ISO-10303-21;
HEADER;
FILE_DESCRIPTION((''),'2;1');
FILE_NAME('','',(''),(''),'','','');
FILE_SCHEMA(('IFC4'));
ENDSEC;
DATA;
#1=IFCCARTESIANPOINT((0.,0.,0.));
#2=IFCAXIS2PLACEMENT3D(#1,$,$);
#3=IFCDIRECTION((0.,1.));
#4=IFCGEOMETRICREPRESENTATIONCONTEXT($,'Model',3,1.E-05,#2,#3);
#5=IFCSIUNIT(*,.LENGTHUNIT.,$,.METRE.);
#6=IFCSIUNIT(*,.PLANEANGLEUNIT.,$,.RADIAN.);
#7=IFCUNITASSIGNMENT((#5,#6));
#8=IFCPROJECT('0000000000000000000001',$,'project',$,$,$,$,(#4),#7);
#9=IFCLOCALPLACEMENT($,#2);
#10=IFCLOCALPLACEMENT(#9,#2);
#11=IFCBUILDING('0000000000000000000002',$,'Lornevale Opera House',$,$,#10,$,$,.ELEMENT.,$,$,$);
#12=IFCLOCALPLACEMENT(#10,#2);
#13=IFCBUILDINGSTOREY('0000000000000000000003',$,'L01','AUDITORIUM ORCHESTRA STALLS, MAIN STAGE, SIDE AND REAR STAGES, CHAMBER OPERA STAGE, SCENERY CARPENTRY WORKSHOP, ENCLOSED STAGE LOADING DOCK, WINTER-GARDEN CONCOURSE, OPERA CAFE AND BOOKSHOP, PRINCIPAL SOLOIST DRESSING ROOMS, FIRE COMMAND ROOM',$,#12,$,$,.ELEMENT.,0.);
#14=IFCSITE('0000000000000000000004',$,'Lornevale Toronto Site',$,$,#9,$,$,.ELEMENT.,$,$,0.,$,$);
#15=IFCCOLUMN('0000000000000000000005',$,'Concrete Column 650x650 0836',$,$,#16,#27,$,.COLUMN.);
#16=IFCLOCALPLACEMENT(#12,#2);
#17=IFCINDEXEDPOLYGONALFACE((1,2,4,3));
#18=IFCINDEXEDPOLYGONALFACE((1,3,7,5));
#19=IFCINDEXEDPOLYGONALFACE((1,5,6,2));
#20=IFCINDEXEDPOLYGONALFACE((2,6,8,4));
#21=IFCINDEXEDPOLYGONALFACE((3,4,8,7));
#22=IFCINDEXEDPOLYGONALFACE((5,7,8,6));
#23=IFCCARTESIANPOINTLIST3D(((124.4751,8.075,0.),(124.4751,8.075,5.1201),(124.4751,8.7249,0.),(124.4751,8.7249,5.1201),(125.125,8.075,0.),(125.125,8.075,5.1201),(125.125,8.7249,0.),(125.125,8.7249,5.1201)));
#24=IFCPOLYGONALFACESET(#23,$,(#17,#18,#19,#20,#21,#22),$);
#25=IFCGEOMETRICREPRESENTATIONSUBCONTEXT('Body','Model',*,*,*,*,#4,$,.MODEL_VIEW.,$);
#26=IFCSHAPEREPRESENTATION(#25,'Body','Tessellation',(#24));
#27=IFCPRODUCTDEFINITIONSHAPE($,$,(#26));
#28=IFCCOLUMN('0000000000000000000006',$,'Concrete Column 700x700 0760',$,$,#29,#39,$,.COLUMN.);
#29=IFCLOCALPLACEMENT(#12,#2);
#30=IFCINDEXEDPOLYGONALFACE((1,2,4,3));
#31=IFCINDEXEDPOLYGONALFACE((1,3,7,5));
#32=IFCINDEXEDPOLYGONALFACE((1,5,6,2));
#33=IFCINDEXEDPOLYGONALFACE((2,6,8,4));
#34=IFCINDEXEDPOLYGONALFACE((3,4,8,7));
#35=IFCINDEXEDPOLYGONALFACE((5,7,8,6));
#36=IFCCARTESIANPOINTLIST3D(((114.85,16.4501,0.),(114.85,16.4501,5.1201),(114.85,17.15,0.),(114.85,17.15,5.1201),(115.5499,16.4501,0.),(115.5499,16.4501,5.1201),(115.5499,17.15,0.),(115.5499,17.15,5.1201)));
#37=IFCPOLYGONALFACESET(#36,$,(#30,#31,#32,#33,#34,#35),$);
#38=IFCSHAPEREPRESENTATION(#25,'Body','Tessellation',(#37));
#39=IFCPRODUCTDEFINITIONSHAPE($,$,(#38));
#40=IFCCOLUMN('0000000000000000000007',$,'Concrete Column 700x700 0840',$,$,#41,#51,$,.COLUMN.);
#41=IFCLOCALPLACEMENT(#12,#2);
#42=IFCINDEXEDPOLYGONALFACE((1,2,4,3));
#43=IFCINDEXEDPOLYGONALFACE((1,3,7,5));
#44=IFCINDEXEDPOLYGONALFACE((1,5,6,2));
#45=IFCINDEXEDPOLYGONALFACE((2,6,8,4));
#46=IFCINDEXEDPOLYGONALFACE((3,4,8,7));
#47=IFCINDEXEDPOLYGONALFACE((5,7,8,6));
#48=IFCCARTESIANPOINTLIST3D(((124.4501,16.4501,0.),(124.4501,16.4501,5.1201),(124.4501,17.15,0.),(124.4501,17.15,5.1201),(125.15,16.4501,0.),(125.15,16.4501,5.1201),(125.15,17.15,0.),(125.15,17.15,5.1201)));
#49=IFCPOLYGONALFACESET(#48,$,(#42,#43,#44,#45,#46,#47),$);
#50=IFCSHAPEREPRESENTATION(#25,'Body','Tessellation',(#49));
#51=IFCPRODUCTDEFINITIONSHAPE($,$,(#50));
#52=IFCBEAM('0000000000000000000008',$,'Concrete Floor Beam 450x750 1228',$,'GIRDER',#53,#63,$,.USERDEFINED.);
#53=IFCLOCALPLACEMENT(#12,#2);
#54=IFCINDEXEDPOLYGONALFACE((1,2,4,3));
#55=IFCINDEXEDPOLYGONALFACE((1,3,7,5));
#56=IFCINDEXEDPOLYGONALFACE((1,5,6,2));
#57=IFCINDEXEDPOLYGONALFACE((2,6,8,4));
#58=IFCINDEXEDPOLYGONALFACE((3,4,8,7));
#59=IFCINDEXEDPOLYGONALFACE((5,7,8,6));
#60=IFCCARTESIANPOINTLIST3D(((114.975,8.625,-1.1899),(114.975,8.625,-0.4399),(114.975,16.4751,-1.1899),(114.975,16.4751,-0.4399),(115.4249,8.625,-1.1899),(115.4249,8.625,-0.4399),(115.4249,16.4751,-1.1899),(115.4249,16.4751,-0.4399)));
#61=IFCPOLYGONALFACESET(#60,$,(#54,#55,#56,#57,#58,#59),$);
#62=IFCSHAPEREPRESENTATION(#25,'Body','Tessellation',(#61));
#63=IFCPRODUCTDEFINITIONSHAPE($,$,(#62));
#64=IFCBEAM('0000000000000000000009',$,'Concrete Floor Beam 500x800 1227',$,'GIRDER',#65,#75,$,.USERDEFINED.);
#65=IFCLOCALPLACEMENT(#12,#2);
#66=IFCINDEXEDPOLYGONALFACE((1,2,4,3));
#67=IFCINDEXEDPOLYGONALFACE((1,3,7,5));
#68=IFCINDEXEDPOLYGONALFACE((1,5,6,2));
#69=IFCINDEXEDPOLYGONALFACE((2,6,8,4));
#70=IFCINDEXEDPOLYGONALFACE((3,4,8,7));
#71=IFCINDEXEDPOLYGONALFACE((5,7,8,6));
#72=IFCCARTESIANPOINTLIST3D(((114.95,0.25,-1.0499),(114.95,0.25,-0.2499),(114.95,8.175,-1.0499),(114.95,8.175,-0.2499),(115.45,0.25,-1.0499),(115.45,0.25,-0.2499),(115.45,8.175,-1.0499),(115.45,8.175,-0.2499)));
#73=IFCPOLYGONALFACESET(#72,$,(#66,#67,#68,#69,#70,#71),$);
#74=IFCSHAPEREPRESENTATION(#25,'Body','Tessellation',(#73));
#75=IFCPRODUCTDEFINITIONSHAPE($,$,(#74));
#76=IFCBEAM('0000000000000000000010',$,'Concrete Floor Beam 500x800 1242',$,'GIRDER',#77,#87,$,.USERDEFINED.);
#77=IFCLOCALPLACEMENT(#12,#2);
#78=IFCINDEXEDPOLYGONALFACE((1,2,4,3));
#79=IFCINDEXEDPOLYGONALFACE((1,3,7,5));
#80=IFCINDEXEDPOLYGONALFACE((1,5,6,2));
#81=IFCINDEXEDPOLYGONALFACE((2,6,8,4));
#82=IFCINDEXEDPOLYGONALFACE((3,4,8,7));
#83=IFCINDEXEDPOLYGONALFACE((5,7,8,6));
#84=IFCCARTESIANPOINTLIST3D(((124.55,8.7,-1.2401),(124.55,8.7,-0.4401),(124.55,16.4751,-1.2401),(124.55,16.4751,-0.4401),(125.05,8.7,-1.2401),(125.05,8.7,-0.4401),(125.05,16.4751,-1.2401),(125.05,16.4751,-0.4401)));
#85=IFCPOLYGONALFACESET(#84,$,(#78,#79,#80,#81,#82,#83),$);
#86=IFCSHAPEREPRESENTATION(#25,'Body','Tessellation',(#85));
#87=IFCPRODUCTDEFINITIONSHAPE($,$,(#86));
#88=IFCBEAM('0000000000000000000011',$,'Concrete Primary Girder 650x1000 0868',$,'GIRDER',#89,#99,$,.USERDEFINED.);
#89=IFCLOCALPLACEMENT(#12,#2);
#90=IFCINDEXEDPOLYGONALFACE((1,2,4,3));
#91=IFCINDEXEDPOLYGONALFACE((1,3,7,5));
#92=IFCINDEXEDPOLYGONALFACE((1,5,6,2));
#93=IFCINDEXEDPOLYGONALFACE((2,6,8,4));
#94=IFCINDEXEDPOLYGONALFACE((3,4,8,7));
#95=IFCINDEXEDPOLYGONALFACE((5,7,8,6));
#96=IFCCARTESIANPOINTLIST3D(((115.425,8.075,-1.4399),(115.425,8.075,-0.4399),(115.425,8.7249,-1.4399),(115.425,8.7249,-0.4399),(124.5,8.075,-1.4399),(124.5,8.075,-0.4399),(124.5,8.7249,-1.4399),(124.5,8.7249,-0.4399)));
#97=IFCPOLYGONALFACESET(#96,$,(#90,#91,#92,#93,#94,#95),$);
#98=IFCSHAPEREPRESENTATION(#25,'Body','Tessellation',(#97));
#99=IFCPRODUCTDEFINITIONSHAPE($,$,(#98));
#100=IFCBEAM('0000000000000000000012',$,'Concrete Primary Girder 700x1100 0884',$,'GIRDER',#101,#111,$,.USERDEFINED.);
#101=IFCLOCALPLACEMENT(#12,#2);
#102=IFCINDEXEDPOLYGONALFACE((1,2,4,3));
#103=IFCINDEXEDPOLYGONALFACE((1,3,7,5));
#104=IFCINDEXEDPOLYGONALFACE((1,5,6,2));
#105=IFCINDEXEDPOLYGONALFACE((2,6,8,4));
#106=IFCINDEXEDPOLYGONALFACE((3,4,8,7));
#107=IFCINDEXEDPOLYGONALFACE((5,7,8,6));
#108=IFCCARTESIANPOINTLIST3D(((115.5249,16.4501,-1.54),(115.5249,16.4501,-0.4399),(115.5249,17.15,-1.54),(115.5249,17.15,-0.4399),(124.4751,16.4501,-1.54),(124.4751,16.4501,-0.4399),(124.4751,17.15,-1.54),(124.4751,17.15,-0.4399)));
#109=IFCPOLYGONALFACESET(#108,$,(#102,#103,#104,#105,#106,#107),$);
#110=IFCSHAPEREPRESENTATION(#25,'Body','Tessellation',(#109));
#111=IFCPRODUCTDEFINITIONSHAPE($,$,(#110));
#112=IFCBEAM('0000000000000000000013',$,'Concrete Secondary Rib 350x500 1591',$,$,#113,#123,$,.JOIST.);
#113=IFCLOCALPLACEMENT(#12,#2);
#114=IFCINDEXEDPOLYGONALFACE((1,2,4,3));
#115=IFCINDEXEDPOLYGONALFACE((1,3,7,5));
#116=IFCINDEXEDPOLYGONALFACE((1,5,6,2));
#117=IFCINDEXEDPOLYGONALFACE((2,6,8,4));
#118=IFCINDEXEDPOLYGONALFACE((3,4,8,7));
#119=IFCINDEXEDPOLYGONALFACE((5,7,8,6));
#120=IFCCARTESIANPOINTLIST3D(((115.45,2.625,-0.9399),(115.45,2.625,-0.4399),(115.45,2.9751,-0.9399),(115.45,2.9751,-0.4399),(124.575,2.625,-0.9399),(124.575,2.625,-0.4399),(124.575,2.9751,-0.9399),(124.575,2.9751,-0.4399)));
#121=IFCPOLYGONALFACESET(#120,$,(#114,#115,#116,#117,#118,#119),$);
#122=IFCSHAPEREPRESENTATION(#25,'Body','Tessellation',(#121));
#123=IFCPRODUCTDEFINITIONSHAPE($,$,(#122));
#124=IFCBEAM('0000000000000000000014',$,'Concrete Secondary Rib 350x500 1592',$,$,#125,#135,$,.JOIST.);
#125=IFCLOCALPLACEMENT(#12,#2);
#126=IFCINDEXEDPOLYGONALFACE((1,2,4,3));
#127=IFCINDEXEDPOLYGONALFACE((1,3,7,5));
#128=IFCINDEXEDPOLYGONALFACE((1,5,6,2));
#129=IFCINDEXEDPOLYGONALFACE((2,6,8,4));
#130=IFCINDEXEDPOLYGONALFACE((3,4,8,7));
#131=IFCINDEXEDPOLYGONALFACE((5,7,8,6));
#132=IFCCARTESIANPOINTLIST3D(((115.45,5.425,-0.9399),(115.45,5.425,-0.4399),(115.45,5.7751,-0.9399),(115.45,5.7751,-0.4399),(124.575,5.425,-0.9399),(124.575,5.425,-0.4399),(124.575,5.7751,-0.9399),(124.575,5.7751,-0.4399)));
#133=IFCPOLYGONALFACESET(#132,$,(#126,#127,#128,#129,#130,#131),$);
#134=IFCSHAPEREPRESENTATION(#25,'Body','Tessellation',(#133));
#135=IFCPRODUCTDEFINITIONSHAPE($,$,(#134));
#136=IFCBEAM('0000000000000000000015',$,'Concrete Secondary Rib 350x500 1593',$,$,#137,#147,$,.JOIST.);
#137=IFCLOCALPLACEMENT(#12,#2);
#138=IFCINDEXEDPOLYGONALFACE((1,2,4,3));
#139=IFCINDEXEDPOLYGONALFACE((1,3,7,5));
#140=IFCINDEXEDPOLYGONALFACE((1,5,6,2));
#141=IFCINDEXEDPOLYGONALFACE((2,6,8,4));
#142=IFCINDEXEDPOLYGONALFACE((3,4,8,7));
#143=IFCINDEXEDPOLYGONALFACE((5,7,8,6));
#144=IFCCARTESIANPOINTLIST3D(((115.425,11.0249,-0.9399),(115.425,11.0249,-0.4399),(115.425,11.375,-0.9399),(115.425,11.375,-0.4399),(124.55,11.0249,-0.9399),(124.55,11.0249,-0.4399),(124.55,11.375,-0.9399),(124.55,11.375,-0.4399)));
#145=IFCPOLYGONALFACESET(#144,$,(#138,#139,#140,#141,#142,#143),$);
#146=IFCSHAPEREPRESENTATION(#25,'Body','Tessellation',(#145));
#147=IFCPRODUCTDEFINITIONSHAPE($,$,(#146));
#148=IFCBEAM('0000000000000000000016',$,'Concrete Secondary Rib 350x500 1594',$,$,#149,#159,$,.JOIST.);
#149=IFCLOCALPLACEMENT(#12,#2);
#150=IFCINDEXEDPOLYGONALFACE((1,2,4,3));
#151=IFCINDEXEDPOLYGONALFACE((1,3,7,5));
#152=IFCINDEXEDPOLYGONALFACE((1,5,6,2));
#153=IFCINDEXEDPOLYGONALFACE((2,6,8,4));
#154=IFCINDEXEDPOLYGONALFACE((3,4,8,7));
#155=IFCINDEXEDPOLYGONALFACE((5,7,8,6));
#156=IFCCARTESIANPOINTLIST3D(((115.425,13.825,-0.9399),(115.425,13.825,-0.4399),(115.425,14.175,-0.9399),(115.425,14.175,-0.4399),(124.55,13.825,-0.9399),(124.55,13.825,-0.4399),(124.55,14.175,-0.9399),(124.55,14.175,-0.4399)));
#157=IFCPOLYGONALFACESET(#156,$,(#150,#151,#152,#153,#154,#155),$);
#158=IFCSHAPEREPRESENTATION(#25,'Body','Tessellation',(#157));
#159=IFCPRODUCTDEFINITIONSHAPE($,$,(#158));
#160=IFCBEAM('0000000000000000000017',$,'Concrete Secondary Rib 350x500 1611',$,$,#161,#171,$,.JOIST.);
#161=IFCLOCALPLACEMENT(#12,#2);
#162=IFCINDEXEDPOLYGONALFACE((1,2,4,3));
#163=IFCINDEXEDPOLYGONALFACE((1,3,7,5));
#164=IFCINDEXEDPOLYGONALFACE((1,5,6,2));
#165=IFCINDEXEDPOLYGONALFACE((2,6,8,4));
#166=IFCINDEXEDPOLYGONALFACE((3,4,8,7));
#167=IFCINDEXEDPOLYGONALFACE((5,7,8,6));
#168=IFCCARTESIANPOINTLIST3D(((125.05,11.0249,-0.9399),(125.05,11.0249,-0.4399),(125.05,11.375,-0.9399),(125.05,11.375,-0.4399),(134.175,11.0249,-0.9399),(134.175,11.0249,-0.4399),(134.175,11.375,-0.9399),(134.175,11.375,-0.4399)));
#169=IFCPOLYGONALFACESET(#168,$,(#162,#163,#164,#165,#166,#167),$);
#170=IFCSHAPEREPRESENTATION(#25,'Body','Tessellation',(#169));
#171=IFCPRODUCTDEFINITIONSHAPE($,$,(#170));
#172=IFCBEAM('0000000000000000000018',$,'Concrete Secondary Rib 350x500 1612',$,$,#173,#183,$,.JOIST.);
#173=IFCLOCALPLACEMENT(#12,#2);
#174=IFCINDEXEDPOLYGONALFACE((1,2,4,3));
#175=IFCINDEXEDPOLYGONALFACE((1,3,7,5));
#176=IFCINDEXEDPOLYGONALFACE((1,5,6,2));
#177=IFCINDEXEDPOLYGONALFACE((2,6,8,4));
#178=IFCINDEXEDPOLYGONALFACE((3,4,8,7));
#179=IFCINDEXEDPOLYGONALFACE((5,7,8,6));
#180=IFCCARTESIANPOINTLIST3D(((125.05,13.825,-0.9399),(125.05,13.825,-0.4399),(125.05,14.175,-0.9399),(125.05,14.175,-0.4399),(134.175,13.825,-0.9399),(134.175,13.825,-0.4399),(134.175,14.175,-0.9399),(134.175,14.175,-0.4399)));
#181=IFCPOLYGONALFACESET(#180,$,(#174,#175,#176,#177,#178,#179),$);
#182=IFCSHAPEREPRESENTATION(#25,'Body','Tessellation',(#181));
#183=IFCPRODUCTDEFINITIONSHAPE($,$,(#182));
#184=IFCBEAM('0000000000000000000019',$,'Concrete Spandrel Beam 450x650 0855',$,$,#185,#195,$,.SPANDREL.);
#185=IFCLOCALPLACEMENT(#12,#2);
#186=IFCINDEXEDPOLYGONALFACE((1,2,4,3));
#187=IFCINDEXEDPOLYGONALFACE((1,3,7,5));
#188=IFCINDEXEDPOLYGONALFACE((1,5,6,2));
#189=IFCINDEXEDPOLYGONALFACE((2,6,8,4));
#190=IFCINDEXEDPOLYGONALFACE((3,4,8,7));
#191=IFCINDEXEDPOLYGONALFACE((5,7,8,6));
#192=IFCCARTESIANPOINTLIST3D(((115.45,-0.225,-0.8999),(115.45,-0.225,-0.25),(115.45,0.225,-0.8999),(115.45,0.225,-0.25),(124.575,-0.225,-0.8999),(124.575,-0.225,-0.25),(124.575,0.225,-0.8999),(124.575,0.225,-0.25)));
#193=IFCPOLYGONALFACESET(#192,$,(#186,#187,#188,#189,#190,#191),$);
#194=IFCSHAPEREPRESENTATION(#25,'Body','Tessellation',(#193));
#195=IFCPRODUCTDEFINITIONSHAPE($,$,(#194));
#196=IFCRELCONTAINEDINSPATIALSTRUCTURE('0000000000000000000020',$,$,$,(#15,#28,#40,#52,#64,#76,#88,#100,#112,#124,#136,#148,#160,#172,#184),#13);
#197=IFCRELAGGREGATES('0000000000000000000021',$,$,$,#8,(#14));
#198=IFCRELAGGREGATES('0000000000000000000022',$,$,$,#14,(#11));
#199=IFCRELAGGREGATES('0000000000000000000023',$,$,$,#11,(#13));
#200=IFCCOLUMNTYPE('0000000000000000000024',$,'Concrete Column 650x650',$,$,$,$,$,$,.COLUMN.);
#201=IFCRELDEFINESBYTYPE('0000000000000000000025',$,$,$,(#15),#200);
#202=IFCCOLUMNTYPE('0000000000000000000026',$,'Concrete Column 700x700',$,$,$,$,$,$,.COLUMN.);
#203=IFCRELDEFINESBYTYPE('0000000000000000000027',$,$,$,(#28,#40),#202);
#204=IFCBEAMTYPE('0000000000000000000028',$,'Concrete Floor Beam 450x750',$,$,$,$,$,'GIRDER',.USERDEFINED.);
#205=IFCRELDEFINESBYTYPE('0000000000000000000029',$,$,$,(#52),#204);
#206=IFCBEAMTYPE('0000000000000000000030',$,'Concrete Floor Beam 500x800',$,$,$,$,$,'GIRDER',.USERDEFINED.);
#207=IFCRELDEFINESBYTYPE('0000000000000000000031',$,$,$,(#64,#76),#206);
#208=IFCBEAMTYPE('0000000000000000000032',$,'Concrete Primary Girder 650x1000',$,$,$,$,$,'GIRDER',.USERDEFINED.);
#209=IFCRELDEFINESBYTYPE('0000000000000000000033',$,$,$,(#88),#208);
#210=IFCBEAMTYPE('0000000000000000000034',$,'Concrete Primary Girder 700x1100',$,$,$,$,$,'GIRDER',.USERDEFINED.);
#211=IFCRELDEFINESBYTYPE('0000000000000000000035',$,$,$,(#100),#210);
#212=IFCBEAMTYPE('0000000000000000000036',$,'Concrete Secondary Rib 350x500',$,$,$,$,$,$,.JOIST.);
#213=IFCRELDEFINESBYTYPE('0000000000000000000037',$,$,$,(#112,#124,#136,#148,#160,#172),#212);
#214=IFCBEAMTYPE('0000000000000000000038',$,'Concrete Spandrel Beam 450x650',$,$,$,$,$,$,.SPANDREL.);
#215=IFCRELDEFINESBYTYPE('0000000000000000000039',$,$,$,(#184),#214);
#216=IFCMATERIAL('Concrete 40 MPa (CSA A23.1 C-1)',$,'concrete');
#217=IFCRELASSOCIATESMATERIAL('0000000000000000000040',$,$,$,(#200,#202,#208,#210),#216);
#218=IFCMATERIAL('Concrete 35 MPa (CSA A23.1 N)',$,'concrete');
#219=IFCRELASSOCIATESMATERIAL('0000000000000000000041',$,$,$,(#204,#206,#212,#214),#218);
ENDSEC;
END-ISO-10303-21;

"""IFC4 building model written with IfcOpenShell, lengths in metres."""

from ifc_helpers import new_model, si_unit, direction, frame, origin, origin_2d, place, context, subcontext, project, spatial, rectangle, extrude, material, material_profile, profile_set, type_object, element, save


model = new_model("IFC4")

# Units and contexts
model_context = context("Model", 3, precision=1e-05, world=origin(), true_north=direction((0.0, 1.0)))
body_context = subcontext(model_context, "Body", "Model", "MODEL_VIEW")
ifc_project = project(units=[si_unit("LENGTHUNIT", "METRE"), si_unit("PLANEANGLEUNIT", "RADIAN")], contexts=[model_context])

# Site, building, storey
site_placement = place(None, origin())
site = spatial("IfcSite", under=ifc_project, at=site_placement, Name="Lornevale Toronto Site", CompositionType="ELEMENT", RefElevation=0.0)
building_placement = place(site_placement, origin())
building = spatial("IfcBuilding", under=site, at=building_placement, Name="Lornevale Opera House", CompositionType="ELEMENT")
storey_placement = place(building_placement, origin())
storey = spatial("IfcBuildingStorey", under=building, at=storey_placement, Name="L01", Description="AUDITORIUM ORCHESTRA STALLS, MAIN STAGE, SIDE AND REAR STAGES, CHAMBER OPERA STAGE, SCENERY CARPENTRY WORKSHOP, ENCLOSED STAGE LOADING DOCK, WINTER-GARDEN CONCOURSE, OPERA CAFE AND BOOKSHOP, PRINCIPAL SOLOIST DRESSING ROOMS, FIRE COMMAND ROOM", CompositionType="ELEMENT", Elevation=0.0)

# Columns
ifc_material_1 = material(Name="Concrete 40 MPa (CSA A23.1 C-1)", Category="concrete")
ifc_material_profile_1 = material_profile(ifc_material_1, rectangle(XDim=0.6499, YDim=0.6499, at=origin_2d()), Name="RC650x650")
ifc_profile_set_1 = profile_set([ifc_material_profile_1], Name="Concrete 40 MPa (CSA A23.1 C-1)")
column_type_1 = type_object("IfcColumnType", Name="Concrete Column 650x650", PredefinedType="COLUMN", material=ifc_profile_set_1)
column_placement = place(storey_placement, frame((124.8, 8.3999, 0.0), z_axis=(0.0, 0.0, 1.0), x_axis=(1.0, 0.0, 0.0)))
element("IfcColumn", 1, at=column_placement, inside=storey, type_object=column_type_1, Name="Concrete Column 650x650 0836", PredefinedType="COLUMN", context=body_context, shape_type="SweptSolid", body=[
    extrude(rectangle(XDim=0.6499, YDim=0.6499, at=origin_2d()), origin(), (0.0, 0.0, 1.0), 5.1201),
])
ifc_material_profile_2 = material_profile(ifc_material_1, rectangle(XDim=0.7, YDim=0.7, at=origin_2d()), Name="RC700x700")
ifc_profile_set_2 = profile_set([ifc_material_profile_2], Name="Concrete 40 MPa (CSA A23.1 C-1)")
column_type_2 = type_object("IfcColumnType", Name="Concrete Column 700x700", PredefinedType="COLUMN", material=ifc_profile_set_2)
for number, where, z_axis, x_axis, name in (
    (2, (115.2, 16.8, 0.0), (0.0, 0.0, 1.0), (1.0, 0.0, 0.0), "Concrete Column 700x700 0760"),
    (3, (124.8, 16.8, 0.0), (0.0, 0.0, 1.0), (1.0, 0.0, 0.0), "Concrete Column 700x700 0840"),
):
    element("IfcColumn", number, at=place(storey_placement, frame(where, z_axis=z_axis, x_axis=x_axis)), inside=storey, type_object=column_type_2, Name=name, PredefinedType="COLUMN", context=body_context, shape_type="SweptSolid", body=[
        extrude(rectangle(XDim=0.7, YDim=0.7, at=origin_2d()), origin(), (0.0, 0.0, 1.0), 5.1201),
    ])

# Beams
ifc_material_2 = material(Name="Concrete 35 MPa (CSA A23.1 N)", Category="concrete")
ifc_material_profile_3 = material_profile(ifc_material_2, rectangle(XDim=0.45, YDim=0.75, at=origin_2d()), Name="RC450x750")
ifc_profile_set_3 = profile_set([ifc_material_profile_3], Name="Concrete 35 MPa (CSA A23.1 N)")
beam_type_1 = type_object("IfcBeamType", Name="Concrete Floor Beam 450x750", ElementType="GIRDER", PredefinedType="USERDEFINED", material=ifc_profile_set_3)
beam_1_placement = place(storey_placement, frame((115.2, 8.625, -0.8149), z_axis=(0.0, 1.0, 0.0), x_axis=(-1.0, 0.0, 0.0)))
element("IfcBeam", 4, at=beam_1_placement, inside=storey, type_object=beam_type_1, Name="Concrete Floor Beam 450x750 1228", ObjectType="GIRDER", PredefinedType="USERDEFINED", context=body_context, shape_type="SweptSolid", body=[
    extrude(rectangle(XDim=0.45, YDim=0.75, at=origin_2d()), origin(), (0.0, 0.0, 1.0), 7.8501),
])
ifc_material_profile_4 = material_profile(ifc_material_2, rectangle(XDim=0.5, YDim=0.8, at=origin_2d()), Name="RC500x800")
ifc_profile_set_4 = profile_set([ifc_material_profile_4], Name="Concrete 35 MPa (CSA A23.1 N)")
beam_type_2 = type_object("IfcBeamType", Name="Concrete Floor Beam 500x800", ElementType="GIRDER", PredefinedType="USERDEFINED", material=ifc_profile_set_4)
beam_2_placement = place(storey_placement, frame((115.2, 0.25, -0.6499), z_axis=(0.0, 1.0, 0.0), x_axis=(-1.0, 0.0, 0.0)))
element("IfcBeam", 5, at=beam_2_placement, inside=storey, type_object=beam_type_2, Name="Concrete Floor Beam 500x800 1227", ObjectType="GIRDER", PredefinedType="USERDEFINED", context=body_context, shape_type="SweptSolid", body=[
    extrude(rectangle(XDim=0.5, YDim=0.8, at=origin_2d()), origin(), (0.0, 0.0, 1.0), 7.925),
])
beam_3_placement = place(storey_placement, frame((124.8, 8.7, -0.8401), z_axis=(0.0, 1.0, 0.0), x_axis=(-1.0, 0.0, 0.0)))
element("IfcBeam", 6, at=beam_3_placement, inside=storey, type_object=beam_type_2, Name="Concrete Floor Beam 500x800 1242", ObjectType="GIRDER", PredefinedType="USERDEFINED", context=body_context, shape_type="SweptSolid", body=[
    extrude(rectangle(XDim=0.5, YDim=0.8, at=origin_2d()), origin(), (0.0, 0.0, 1.0), 7.7751),
])
ifc_material_profile_5 = material_profile(ifc_material_1, rectangle(XDim=0.6499, YDim=1.0, at=origin_2d()), Name="RC650x1000")
ifc_profile_set_5 = profile_set([ifc_material_profile_5], Name="Concrete 40 MPa (CSA A23.1 C-1)")
beam_type_3 = type_object("IfcBeamType", Name="Concrete Primary Girder 650x1000", ElementType="GIRDER", PredefinedType="USERDEFINED", material=ifc_profile_set_5)
beam_4_placement = place(storey_placement, frame((115.425, 8.3999, -0.9399), z_axis=(1.0, 0.0, 0.0), x_axis=(0.0, 1.0, 0.0)))
element("IfcBeam", 7, at=beam_4_placement, inside=storey, type_object=beam_type_3, Name="Concrete Primary Girder 650x1000 0868", ObjectType="GIRDER", PredefinedType="USERDEFINED", context=body_context, shape_type="SweptSolid", body=[
    extrude(rectangle(XDim=0.6499, YDim=1.0, at=origin_2d()), origin(), (0.0, 0.0, 1.0), 9.075),
])
ifc_material_profile_6 = material_profile(ifc_material_1, rectangle(XDim=0.7, YDim=1.1001, at=origin_2d()), Name="RC700x1100")
ifc_profile_set_6 = profile_set([ifc_material_profile_6], Name="Concrete 40 MPa (CSA A23.1 C-1)")
beam_type_4 = type_object("IfcBeamType", Name="Concrete Primary Girder 700x1100", ElementType="GIRDER", PredefinedType="USERDEFINED", material=ifc_profile_set_6)
beam_5_placement = place(storey_placement, frame((115.5249, 16.8, -0.99), z_axis=(1.0, 0.0, 0.0), x_axis=(0.0, 1.0, 0.0)))
element("IfcBeam", 8, at=beam_5_placement, inside=storey, type_object=beam_type_4, Name="Concrete Primary Girder 700x1100 0884", ObjectType="GIRDER", PredefinedType="USERDEFINED", context=body_context, shape_type="SweptSolid", body=[
    extrude(rectangle(XDim=0.7, YDim=1.1001, at=origin_2d()), origin(), (0.0, 0.0, 1.0), 8.9502),
])
ifc_material_profile_7 = material_profile(ifc_material_2, rectangle(XDim=0.3501, YDim=0.5, at=origin_2d()), Name="RC350x500")
ifc_profile_set_7 = profile_set([ifc_material_profile_7], Name="Concrete 35 MPa (CSA A23.1 N)")
beam_type_5 = type_object("IfcBeamType", Name="Concrete Secondary Rib 350x500", PredefinedType="JOIST", material=ifc_profile_set_7)
for number, where, z_axis, x_axis, name in (
    (9, (115.45, 2.8, -0.6899), (1.0, 0.0, 0.0), (0.0, 1.0, 0.0), "Concrete Secondary Rib 350x500 1591"),
    (10, (115.45, 5.6001, -0.6899), (1.0, 0.0, 0.0), (0.0, 1.0, 0.0), "Concrete Secondary Rib 350x500 1592"),
    (11, (115.425, 11.2, -0.6899), (1.0, 0.0, 0.0), (0.0, 1.0, 0.0), "Concrete Secondary Rib 350x500 1593"),
    (12, (115.425, 14.0, -0.6899), (1.0, 0.0, 0.0), (0.0, 1.0, 0.0), "Concrete Secondary Rib 350x500 1594"),
    (13, (125.05, 11.2, -0.6899), (1.0, 0.0, 0.0), (0.0, 1.0, 0.0), "Concrete Secondary Rib 350x500 1611"),
    (14, (125.05, 14.0, -0.6899), (1.0, 0.0, 0.0), (0.0, 1.0, 0.0), "Concrete Secondary Rib 350x500 1612"),
):
    element("IfcBeam", number, at=place(storey_placement, frame(where, z_axis=z_axis, x_axis=x_axis)), inside=storey, type_object=beam_type_5, Name=name, PredefinedType="JOIST", context=body_context, shape_type="SweptSolid", body=[
        extrude(rectangle(XDim=0.3501, YDim=0.5, at=origin_2d()), origin(), (0.0, 0.0, 1.0), 9.125),
    ])
ifc_material_profile_8 = material_profile(ifc_material_2, rectangle(XDim=0.45, YDim=0.6499, at=origin_2d()), Name="RC450x650")
ifc_profile_set_8 = profile_set([ifc_material_profile_8], Name="Concrete 35 MPa (CSA A23.1 N)")
beam_type_6 = type_object("IfcBeamType", Name="Concrete Spandrel Beam 450x650", PredefinedType="SPANDREL", material=ifc_profile_set_8)
beam_6_placement = place(storey_placement, frame((115.45, 0.0, -0.575), z_axis=(1.0, 0.0, 0.0), x_axis=(0.0, 1.0, 0.0)))
element("IfcBeam", 15, at=beam_6_placement, inside=storey, type_object=beam_type_6, Name="Concrete Spandrel Beam 450x650 0855", PredefinedType="SPANDREL", context=body_context, shape_type="SweptSolid", body=[
    extrude(rectangle(XDim=0.45, YDim=0.6499, at=origin_2d()), origin(), (0.0, 0.0, 1.0), 9.125),
])

save(model, "model.ifc")
